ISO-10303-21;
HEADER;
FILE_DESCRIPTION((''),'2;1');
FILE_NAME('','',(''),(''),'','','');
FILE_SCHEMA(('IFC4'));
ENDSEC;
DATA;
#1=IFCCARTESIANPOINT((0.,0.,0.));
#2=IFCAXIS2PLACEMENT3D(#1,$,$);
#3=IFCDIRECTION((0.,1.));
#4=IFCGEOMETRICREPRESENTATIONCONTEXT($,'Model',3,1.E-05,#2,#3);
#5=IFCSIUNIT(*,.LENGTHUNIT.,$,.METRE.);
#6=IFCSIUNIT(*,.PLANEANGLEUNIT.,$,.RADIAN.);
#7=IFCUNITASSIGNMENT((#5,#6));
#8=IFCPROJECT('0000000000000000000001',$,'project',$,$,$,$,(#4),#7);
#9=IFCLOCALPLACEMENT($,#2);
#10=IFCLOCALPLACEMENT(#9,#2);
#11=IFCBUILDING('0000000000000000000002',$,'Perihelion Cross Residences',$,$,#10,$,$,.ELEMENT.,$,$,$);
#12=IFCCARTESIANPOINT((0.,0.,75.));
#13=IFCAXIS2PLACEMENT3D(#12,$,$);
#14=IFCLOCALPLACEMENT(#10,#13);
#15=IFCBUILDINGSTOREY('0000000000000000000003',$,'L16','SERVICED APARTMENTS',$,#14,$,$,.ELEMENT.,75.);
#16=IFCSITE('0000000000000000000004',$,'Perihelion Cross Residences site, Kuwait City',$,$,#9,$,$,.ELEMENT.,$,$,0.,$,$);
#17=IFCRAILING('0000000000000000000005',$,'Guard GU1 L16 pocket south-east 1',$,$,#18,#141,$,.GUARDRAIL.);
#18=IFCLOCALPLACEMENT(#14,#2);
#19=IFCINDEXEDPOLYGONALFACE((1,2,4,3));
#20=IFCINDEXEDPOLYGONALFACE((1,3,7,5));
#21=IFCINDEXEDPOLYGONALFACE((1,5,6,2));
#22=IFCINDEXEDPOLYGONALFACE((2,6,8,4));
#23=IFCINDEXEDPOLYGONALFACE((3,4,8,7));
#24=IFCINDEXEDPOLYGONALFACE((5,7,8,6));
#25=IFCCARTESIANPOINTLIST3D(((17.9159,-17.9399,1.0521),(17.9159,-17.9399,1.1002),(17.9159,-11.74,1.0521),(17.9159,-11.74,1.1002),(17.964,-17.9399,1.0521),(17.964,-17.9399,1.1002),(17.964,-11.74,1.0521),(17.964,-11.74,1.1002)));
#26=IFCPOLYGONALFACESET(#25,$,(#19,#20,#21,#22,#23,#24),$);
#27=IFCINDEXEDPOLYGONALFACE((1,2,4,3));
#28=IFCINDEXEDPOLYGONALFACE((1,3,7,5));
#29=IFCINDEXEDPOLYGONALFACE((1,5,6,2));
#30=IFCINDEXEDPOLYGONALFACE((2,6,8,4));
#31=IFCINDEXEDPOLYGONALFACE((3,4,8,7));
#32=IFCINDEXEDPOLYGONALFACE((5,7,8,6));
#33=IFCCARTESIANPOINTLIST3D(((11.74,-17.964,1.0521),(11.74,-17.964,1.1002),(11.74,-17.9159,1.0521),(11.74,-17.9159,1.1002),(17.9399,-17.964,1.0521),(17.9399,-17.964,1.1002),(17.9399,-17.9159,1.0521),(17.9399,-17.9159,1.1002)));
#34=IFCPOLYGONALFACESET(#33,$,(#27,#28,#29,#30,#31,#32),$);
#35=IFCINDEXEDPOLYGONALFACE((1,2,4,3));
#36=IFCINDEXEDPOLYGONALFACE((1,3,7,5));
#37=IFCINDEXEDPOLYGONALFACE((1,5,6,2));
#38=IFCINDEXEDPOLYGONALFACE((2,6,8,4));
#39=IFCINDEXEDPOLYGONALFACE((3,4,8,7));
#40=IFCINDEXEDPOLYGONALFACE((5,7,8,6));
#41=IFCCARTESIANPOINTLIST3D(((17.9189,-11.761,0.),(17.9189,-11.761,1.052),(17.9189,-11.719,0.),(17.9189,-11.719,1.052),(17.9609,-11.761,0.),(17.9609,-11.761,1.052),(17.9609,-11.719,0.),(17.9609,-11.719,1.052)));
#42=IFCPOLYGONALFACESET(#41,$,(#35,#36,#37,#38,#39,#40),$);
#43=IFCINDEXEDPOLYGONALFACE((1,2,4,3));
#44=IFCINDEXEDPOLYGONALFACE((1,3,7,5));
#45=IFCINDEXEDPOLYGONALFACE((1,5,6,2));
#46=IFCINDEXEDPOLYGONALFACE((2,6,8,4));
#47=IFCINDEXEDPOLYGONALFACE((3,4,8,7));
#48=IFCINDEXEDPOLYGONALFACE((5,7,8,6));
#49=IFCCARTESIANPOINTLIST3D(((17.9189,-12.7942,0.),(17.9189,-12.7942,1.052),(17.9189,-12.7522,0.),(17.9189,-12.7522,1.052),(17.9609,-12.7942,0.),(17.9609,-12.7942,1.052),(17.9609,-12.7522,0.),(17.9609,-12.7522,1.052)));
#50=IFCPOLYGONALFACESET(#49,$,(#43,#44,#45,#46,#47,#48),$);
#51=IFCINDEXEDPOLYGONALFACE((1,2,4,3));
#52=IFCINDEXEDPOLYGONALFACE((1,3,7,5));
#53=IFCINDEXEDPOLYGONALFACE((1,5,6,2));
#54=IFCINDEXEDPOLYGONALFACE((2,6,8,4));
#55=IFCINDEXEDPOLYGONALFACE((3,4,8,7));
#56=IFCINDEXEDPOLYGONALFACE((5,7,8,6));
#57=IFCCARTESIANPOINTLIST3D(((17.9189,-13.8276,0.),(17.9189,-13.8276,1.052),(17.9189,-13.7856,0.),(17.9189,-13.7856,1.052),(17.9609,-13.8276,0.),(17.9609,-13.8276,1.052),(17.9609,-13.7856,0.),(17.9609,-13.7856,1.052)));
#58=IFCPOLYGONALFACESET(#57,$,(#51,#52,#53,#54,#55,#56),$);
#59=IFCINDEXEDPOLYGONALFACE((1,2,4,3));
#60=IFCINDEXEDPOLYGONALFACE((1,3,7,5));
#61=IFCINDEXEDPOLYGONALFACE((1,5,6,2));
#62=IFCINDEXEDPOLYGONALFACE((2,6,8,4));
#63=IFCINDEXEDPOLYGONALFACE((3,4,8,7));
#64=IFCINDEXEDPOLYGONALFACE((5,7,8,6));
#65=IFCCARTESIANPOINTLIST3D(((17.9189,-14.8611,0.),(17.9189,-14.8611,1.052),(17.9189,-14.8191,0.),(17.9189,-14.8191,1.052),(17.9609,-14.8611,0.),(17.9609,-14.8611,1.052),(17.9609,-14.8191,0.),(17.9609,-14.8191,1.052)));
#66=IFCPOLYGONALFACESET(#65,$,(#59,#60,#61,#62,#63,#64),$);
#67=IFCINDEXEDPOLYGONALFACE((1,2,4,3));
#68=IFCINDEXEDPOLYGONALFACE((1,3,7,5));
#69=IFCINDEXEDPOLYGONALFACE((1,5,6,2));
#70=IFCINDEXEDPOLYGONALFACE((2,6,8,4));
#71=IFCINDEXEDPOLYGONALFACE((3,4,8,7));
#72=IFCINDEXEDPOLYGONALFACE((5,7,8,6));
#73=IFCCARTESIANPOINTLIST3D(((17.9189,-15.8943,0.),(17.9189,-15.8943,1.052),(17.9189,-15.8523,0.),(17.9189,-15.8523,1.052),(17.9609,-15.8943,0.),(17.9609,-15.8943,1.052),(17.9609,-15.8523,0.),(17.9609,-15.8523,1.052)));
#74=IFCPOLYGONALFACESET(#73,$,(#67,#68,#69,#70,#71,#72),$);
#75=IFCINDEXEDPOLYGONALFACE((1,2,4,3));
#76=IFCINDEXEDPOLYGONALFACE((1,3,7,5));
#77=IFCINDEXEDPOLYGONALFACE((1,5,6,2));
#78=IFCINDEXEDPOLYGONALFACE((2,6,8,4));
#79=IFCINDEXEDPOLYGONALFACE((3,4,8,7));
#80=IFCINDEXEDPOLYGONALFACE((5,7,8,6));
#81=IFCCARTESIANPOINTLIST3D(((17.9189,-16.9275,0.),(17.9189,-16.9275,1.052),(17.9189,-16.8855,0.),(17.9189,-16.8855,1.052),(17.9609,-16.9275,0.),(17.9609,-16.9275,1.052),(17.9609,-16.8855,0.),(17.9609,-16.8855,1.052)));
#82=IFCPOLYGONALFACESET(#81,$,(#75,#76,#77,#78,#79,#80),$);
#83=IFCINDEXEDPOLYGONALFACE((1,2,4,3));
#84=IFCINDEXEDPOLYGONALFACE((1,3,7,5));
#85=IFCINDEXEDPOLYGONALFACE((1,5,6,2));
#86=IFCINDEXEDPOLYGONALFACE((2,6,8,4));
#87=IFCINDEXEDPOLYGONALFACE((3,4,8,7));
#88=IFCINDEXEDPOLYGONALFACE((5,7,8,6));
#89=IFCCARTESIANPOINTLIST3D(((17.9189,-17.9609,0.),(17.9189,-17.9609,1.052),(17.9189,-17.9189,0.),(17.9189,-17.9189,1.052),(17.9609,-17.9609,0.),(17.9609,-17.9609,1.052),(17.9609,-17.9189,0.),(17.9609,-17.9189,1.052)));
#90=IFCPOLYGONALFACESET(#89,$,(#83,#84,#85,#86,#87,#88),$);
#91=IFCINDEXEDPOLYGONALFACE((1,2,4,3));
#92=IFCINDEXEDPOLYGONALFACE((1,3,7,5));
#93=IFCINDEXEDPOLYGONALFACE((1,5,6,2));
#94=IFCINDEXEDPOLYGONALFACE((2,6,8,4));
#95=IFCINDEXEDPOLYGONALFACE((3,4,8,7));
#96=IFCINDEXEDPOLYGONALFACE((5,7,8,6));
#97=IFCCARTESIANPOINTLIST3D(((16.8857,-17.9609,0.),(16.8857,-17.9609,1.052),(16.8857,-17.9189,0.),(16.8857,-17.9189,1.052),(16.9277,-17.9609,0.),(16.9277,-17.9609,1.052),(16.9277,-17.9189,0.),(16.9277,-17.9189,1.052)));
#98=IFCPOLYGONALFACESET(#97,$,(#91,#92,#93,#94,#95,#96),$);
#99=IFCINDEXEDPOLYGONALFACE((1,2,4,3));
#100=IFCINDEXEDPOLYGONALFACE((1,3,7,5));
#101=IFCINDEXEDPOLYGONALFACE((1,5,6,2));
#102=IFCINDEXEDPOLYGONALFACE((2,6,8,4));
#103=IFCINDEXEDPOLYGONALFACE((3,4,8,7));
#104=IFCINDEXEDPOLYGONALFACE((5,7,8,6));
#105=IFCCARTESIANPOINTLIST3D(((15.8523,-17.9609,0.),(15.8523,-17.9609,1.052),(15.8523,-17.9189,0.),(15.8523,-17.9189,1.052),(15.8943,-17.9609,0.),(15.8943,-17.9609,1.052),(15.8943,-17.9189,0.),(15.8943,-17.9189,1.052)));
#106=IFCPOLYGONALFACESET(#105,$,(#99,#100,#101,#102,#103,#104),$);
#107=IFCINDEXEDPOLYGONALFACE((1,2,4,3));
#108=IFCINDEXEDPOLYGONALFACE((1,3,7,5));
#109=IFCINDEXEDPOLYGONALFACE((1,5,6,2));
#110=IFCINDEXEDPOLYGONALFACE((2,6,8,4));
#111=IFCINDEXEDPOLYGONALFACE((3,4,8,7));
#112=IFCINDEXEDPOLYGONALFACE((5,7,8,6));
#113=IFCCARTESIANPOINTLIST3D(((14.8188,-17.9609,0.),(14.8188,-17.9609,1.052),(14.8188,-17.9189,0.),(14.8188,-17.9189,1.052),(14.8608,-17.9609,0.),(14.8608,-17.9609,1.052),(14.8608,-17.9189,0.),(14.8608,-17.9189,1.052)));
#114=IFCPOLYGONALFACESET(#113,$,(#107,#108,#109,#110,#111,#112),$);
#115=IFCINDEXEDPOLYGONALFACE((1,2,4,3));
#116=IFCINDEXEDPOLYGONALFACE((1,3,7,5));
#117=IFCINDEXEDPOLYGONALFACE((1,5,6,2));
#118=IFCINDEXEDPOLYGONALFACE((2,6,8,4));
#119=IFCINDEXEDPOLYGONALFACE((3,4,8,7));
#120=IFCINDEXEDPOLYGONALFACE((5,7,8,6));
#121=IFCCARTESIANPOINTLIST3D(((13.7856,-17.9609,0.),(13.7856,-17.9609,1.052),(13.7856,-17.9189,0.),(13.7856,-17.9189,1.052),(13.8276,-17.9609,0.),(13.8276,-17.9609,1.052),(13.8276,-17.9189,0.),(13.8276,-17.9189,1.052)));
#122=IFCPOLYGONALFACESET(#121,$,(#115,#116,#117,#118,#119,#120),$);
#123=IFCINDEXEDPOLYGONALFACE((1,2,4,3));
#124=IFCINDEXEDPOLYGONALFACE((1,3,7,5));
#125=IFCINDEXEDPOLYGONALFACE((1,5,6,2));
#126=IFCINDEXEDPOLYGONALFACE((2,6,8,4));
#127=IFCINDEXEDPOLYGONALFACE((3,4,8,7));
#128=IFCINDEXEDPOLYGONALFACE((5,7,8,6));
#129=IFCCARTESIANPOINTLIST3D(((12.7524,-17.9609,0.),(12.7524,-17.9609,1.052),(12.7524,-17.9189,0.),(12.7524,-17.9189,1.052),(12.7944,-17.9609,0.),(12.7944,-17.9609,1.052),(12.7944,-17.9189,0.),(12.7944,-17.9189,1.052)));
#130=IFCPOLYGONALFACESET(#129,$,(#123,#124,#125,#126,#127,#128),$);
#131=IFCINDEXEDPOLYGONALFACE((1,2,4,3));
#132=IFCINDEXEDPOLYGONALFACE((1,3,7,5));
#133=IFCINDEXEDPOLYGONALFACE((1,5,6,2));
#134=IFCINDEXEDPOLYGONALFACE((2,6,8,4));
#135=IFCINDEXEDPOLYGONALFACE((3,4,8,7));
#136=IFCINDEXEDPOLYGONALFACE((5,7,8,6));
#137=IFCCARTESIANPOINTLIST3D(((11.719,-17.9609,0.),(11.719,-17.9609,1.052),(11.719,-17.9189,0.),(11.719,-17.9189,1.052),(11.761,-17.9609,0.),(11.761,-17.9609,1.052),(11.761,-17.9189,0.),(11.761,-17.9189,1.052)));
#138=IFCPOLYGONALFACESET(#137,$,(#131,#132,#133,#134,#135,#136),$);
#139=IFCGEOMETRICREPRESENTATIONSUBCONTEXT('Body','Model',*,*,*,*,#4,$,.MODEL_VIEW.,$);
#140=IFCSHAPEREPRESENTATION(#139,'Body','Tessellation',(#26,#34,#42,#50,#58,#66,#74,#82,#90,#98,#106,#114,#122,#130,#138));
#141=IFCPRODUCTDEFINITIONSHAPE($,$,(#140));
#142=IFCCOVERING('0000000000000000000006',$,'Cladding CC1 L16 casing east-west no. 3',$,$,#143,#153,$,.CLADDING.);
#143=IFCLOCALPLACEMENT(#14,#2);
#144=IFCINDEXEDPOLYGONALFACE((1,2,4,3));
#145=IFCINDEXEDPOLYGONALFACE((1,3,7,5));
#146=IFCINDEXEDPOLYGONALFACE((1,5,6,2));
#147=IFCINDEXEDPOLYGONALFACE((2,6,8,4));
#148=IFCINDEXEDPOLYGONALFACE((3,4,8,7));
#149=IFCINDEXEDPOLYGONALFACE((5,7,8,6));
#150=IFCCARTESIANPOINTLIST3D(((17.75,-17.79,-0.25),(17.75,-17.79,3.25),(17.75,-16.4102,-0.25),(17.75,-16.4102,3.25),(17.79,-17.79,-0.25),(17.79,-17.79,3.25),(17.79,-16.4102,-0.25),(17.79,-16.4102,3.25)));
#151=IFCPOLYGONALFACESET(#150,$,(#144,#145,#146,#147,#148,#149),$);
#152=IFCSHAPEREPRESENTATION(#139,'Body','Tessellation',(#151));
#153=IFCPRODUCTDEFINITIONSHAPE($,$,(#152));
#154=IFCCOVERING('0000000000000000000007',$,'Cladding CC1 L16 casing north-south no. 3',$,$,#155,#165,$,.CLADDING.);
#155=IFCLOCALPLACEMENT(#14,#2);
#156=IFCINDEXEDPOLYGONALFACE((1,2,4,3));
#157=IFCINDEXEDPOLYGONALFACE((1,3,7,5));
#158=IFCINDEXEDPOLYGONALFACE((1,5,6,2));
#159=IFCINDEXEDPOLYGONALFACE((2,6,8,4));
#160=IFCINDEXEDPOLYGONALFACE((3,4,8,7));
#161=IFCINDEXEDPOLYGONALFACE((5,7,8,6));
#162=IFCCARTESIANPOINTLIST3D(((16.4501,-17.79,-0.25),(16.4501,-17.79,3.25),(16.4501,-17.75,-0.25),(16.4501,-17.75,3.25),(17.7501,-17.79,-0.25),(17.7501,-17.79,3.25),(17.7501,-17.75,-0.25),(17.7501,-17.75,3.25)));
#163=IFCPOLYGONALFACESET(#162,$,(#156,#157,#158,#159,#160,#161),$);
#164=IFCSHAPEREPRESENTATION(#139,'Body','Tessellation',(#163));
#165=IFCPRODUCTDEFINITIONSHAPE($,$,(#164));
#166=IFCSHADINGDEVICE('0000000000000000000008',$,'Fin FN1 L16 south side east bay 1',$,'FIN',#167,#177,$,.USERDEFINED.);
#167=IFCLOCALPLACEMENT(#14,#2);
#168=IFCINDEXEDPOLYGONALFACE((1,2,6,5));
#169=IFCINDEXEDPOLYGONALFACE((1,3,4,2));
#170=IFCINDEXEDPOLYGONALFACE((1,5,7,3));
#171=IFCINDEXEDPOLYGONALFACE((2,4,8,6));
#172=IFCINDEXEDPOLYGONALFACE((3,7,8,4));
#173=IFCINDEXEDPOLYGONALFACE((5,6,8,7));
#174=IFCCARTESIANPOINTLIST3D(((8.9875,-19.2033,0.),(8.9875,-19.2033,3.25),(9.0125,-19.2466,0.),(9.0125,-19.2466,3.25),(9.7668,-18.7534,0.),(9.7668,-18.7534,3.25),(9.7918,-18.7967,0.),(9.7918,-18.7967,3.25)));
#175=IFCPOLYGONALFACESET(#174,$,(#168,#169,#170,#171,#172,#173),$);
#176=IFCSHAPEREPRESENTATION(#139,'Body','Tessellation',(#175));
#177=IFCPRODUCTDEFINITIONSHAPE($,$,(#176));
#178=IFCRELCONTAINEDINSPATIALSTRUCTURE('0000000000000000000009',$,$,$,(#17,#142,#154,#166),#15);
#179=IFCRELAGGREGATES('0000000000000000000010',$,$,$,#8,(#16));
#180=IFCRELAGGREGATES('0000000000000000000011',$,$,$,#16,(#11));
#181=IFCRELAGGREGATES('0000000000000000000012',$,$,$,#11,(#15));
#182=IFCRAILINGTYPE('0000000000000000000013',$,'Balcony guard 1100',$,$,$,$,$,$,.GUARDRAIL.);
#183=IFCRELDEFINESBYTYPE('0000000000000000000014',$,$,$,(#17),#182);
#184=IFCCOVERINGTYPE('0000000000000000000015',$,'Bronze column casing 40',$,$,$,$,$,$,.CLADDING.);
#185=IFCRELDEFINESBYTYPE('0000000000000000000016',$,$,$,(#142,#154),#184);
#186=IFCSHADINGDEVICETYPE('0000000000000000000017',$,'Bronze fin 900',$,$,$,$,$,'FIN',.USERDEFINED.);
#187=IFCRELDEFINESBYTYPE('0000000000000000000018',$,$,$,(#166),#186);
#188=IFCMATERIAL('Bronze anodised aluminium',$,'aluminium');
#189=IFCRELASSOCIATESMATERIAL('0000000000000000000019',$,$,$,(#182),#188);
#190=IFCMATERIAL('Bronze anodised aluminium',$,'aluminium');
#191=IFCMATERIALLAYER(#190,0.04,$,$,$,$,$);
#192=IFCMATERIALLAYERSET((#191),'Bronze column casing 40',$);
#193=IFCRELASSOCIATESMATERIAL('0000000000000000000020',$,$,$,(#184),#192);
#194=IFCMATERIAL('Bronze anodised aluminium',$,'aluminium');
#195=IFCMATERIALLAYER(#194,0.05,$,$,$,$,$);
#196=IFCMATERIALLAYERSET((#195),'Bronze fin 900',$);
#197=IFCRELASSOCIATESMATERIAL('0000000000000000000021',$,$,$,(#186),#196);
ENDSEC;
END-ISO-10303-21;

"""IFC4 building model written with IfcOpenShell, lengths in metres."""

from ifc_helpers import new_model, si_unit, direction, frame, origin, origin_2d, place, context, subcontext, project, spatial, rectangle, extrude, material, layer, layer_set, type_object, element, save


model = new_model("IFC4")

# Units and contexts
model_context = context("Model", 3, precision=1e-05, world=origin(), true_north=direction((0.0, 1.0)))
body_context = subcontext(model_context, "Body", "Model", "MODEL_VIEW")
ifc_project = project(units=[si_unit("LENGTHUNIT", "METRE"), si_unit("PLANEANGLEUNIT", "RADIAN")], contexts=[model_context])

# Site, building, storey
site_placement = place(None, origin())
site = spatial("IfcSite", under=ifc_project, at=site_placement, Name="Perihelion Cross Residences site, Kuwait City", CompositionType="ELEMENT", RefElevation=0.0)
building_placement = place(site_placement, origin())
building = spatial("IfcBuilding", under=site, at=building_placement, Name="Perihelion Cross Residences", CompositionType="ELEMENT")
storey_placement = place(building_placement, frame((0.0, 0.0, 75.0)))
storey = spatial("IfcBuildingStorey", under=building, at=storey_placement, Name="L16", Description="SERVICED APARTMENTS", CompositionType="ELEMENT", Elevation=75.0)

# Railing
ifc_material_1 = material(Name="Bronze anodised aluminium", Category="aluminium")
railing_type = type_object("IfcRailingType", Name="Balcony guard 1100", PredefinedType="GUARDRAIL", material=ifc_material_1)
railing_1_placement = place(storey_placement, frame((17.9399, -11.74, 0.0)))
element("IfcRailing", 1, at=railing_1_placement, inside=storey, type_object=railing_type, Name="Guard GU1 L16 pocket south-east 1", PredefinedType="GUARDRAIL", context=body_context, shape_type="SweptSolid", body=[
    extrude(rectangle(XDim=0.0481, YDim=0.0481, at=origin_2d()), frame((0.0, 0.0, 1.0762), z_axis=(0.0, -1.0, 0.0), x_axis=(1.0, 0.0, 0.0)), (0.0, 0.0, 1.0), 6.2),
    extrude(rectangle(XDim=0.0481, YDim=0.0481, at=origin_2d()), frame((0.0, -6.2, 1.0762), z_axis=(-1.0, 0.0, 0.0), x_axis=(0.0, -1.0, 0.0)), (0.0, 0.0, 1.0), 6.2),
    extrude(rectangle(XDim=0.042, YDim=0.042, at=origin_2d()), origin(), (0.0, 0.0, 1.0), 1.052),
    extrude(rectangle(XDim=0.042, YDim=0.042, at=origin_2d()), frame((0.0, -1.0332, 0.0)), (0.0, 0.0, 1.0), 1.052),
    extrude(rectangle(XDim=0.042, YDim=0.042, at=origin_2d()), frame((0.0, -2.0667, 0.0)), (0.0, 0.0, 1.0), 1.052),
    extrude(rectangle(XDim=0.042, YDim=0.042, at=origin_2d()), frame((0.0, -3.1001, 0.0)), (0.0, 0.0, 1.0), 1.052),
    extrude(rectangle(XDim=0.042, YDim=0.042, at=origin_2d()), frame((0.0, -4.1333, 0.0)), (0.0, 0.0, 1.0), 1.052),
    extrude(rectangle(XDim=0.042, YDim=0.042, at=origin_2d()), frame((0.0, -5.1665, 0.0)), (0.0, 0.0, 1.0), 1.052),
    extrude(rectangle(XDim=0.042, YDim=0.042, at=origin_2d()), frame((0.0, -6.2, 0.0)), (0.0, 0.0, 1.0), 1.052),
    extrude(rectangle(XDim=0.042, YDim=0.042, at=origin_2d()), frame((-1.0332, -6.2, 0.0)), (0.0, 0.0, 1.0), 1.052),
    extrude(rectangle(XDim=0.042, YDim=0.042, at=origin_2d()), frame((-2.0667, -6.2, 0.0)), (0.0, 0.0, 1.0), 1.052),
    extrude(rectangle(XDim=0.042, YDim=0.042, at=origin_2d()), frame((-3.1001, -6.2, 0.0)), (0.0, 0.0, 1.0), 1.052),
    extrude(rectangle(XDim=0.042, YDim=0.042, at=origin_2d()), frame((-4.1333, -6.2, 0.0)), (0.0, 0.0, 1.0), 1.052),
    extrude(rectangle(XDim=0.042, YDim=0.042, at=origin_2d()), frame((-5.1665, -6.2, 0.0)), (0.0, 0.0, 1.0), 1.052),
    extrude(rectangle(XDim=0.042, YDim=0.042, at=origin_2d()), frame((-6.2, -6.2, 0.0)), (0.0, 0.0, 1.0), 1.052),
])

# Coverings
ifc_material_2 = material(Name="Bronze anodised aluminium", Category="aluminium")
ifc_layer_1 = layer(ifc_material_2, 0.04)
ifc_layer_set_1 = layer_set([ifc_layer_1], Name="Bronze column casing 40")
covering_type = type_object("IfcCoveringType", Name="Bronze column casing 40", PredefinedType="CLADDING", material=ifc_layer_set_1)
covering_1_placement = place(storey_placement, frame((17.77, -17.1001, -0.25), z_axis=(0.0, 0.0, 1.0), x_axis=(1.0, 0.0, 0.0)))
element("IfcCovering", 2, at=covering_1_placement, inside=storey, type_object=covering_type, Name="Cladding CC1 L16 casing east-west no. 3", PredefinedType="CLADDING", context=body_context, shape_type="SweptSolid", body=[
    extrude(rectangle(XDim=0.04, YDim=1.3799, at=origin_2d()), origin(), (0.0, 0.0, 1.0), 3.5),
])
covering_2_placement = place(storey_placement, frame((17.1001, -17.77, -0.25), z_axis=(0.0, 0.0, 1.0), x_axis=(1.0, 0.0, 0.0)))
element("IfcCovering", 3, at=covering_2_placement, inside=storey, type_object=covering_type, Name="Cladding CC1 L16 casing north-south no. 3", PredefinedType="CLADDING", context=body_context, shape_type="SweptSolid", body=[
    extrude(rectangle(XDim=1.3, YDim=0.04, at=origin_2d()), origin(), (0.0, 0.0, 1.0), 3.5),
])

# Shading device
ifc_material_3 = material(Name="Bronze anodised aluminium", Category="aluminium")
ifc_layer_2 = layer(ifc_material_3, 0.05)
ifc_layer_set_2 = layer_set([ifc_layer_2], Name="Bronze fin 900")
shading_device_type = type_object("IfcShadingDeviceType", Name="Bronze fin 900", ElementType="FIN", PredefinedType="USERDEFINED", material=ifc_layer_set_2)
shading_device_placement = place(storey_placement, frame((9.3896, -19.0, 0.0), z_axis=(0.0, 0.0, 1.0), x_axis=(0.866025, 0.5, 0.0)))
element("IfcShadingDevice", 4, at=shading_device_placement, inside=storey, type_object=shading_device_type, Name="Fin FN1 L16 south side east bay 1", ObjectType="FIN", PredefinedType="USERDEFINED", context=body_context, shape_type="SweptSolid", body=[
    extrude(rectangle(XDim=0.8999, YDim=0.05, at=origin_2d()), origin(), (0.0, 0.0, 1.0), 3.25),
])

save(model, "model.ifc")
